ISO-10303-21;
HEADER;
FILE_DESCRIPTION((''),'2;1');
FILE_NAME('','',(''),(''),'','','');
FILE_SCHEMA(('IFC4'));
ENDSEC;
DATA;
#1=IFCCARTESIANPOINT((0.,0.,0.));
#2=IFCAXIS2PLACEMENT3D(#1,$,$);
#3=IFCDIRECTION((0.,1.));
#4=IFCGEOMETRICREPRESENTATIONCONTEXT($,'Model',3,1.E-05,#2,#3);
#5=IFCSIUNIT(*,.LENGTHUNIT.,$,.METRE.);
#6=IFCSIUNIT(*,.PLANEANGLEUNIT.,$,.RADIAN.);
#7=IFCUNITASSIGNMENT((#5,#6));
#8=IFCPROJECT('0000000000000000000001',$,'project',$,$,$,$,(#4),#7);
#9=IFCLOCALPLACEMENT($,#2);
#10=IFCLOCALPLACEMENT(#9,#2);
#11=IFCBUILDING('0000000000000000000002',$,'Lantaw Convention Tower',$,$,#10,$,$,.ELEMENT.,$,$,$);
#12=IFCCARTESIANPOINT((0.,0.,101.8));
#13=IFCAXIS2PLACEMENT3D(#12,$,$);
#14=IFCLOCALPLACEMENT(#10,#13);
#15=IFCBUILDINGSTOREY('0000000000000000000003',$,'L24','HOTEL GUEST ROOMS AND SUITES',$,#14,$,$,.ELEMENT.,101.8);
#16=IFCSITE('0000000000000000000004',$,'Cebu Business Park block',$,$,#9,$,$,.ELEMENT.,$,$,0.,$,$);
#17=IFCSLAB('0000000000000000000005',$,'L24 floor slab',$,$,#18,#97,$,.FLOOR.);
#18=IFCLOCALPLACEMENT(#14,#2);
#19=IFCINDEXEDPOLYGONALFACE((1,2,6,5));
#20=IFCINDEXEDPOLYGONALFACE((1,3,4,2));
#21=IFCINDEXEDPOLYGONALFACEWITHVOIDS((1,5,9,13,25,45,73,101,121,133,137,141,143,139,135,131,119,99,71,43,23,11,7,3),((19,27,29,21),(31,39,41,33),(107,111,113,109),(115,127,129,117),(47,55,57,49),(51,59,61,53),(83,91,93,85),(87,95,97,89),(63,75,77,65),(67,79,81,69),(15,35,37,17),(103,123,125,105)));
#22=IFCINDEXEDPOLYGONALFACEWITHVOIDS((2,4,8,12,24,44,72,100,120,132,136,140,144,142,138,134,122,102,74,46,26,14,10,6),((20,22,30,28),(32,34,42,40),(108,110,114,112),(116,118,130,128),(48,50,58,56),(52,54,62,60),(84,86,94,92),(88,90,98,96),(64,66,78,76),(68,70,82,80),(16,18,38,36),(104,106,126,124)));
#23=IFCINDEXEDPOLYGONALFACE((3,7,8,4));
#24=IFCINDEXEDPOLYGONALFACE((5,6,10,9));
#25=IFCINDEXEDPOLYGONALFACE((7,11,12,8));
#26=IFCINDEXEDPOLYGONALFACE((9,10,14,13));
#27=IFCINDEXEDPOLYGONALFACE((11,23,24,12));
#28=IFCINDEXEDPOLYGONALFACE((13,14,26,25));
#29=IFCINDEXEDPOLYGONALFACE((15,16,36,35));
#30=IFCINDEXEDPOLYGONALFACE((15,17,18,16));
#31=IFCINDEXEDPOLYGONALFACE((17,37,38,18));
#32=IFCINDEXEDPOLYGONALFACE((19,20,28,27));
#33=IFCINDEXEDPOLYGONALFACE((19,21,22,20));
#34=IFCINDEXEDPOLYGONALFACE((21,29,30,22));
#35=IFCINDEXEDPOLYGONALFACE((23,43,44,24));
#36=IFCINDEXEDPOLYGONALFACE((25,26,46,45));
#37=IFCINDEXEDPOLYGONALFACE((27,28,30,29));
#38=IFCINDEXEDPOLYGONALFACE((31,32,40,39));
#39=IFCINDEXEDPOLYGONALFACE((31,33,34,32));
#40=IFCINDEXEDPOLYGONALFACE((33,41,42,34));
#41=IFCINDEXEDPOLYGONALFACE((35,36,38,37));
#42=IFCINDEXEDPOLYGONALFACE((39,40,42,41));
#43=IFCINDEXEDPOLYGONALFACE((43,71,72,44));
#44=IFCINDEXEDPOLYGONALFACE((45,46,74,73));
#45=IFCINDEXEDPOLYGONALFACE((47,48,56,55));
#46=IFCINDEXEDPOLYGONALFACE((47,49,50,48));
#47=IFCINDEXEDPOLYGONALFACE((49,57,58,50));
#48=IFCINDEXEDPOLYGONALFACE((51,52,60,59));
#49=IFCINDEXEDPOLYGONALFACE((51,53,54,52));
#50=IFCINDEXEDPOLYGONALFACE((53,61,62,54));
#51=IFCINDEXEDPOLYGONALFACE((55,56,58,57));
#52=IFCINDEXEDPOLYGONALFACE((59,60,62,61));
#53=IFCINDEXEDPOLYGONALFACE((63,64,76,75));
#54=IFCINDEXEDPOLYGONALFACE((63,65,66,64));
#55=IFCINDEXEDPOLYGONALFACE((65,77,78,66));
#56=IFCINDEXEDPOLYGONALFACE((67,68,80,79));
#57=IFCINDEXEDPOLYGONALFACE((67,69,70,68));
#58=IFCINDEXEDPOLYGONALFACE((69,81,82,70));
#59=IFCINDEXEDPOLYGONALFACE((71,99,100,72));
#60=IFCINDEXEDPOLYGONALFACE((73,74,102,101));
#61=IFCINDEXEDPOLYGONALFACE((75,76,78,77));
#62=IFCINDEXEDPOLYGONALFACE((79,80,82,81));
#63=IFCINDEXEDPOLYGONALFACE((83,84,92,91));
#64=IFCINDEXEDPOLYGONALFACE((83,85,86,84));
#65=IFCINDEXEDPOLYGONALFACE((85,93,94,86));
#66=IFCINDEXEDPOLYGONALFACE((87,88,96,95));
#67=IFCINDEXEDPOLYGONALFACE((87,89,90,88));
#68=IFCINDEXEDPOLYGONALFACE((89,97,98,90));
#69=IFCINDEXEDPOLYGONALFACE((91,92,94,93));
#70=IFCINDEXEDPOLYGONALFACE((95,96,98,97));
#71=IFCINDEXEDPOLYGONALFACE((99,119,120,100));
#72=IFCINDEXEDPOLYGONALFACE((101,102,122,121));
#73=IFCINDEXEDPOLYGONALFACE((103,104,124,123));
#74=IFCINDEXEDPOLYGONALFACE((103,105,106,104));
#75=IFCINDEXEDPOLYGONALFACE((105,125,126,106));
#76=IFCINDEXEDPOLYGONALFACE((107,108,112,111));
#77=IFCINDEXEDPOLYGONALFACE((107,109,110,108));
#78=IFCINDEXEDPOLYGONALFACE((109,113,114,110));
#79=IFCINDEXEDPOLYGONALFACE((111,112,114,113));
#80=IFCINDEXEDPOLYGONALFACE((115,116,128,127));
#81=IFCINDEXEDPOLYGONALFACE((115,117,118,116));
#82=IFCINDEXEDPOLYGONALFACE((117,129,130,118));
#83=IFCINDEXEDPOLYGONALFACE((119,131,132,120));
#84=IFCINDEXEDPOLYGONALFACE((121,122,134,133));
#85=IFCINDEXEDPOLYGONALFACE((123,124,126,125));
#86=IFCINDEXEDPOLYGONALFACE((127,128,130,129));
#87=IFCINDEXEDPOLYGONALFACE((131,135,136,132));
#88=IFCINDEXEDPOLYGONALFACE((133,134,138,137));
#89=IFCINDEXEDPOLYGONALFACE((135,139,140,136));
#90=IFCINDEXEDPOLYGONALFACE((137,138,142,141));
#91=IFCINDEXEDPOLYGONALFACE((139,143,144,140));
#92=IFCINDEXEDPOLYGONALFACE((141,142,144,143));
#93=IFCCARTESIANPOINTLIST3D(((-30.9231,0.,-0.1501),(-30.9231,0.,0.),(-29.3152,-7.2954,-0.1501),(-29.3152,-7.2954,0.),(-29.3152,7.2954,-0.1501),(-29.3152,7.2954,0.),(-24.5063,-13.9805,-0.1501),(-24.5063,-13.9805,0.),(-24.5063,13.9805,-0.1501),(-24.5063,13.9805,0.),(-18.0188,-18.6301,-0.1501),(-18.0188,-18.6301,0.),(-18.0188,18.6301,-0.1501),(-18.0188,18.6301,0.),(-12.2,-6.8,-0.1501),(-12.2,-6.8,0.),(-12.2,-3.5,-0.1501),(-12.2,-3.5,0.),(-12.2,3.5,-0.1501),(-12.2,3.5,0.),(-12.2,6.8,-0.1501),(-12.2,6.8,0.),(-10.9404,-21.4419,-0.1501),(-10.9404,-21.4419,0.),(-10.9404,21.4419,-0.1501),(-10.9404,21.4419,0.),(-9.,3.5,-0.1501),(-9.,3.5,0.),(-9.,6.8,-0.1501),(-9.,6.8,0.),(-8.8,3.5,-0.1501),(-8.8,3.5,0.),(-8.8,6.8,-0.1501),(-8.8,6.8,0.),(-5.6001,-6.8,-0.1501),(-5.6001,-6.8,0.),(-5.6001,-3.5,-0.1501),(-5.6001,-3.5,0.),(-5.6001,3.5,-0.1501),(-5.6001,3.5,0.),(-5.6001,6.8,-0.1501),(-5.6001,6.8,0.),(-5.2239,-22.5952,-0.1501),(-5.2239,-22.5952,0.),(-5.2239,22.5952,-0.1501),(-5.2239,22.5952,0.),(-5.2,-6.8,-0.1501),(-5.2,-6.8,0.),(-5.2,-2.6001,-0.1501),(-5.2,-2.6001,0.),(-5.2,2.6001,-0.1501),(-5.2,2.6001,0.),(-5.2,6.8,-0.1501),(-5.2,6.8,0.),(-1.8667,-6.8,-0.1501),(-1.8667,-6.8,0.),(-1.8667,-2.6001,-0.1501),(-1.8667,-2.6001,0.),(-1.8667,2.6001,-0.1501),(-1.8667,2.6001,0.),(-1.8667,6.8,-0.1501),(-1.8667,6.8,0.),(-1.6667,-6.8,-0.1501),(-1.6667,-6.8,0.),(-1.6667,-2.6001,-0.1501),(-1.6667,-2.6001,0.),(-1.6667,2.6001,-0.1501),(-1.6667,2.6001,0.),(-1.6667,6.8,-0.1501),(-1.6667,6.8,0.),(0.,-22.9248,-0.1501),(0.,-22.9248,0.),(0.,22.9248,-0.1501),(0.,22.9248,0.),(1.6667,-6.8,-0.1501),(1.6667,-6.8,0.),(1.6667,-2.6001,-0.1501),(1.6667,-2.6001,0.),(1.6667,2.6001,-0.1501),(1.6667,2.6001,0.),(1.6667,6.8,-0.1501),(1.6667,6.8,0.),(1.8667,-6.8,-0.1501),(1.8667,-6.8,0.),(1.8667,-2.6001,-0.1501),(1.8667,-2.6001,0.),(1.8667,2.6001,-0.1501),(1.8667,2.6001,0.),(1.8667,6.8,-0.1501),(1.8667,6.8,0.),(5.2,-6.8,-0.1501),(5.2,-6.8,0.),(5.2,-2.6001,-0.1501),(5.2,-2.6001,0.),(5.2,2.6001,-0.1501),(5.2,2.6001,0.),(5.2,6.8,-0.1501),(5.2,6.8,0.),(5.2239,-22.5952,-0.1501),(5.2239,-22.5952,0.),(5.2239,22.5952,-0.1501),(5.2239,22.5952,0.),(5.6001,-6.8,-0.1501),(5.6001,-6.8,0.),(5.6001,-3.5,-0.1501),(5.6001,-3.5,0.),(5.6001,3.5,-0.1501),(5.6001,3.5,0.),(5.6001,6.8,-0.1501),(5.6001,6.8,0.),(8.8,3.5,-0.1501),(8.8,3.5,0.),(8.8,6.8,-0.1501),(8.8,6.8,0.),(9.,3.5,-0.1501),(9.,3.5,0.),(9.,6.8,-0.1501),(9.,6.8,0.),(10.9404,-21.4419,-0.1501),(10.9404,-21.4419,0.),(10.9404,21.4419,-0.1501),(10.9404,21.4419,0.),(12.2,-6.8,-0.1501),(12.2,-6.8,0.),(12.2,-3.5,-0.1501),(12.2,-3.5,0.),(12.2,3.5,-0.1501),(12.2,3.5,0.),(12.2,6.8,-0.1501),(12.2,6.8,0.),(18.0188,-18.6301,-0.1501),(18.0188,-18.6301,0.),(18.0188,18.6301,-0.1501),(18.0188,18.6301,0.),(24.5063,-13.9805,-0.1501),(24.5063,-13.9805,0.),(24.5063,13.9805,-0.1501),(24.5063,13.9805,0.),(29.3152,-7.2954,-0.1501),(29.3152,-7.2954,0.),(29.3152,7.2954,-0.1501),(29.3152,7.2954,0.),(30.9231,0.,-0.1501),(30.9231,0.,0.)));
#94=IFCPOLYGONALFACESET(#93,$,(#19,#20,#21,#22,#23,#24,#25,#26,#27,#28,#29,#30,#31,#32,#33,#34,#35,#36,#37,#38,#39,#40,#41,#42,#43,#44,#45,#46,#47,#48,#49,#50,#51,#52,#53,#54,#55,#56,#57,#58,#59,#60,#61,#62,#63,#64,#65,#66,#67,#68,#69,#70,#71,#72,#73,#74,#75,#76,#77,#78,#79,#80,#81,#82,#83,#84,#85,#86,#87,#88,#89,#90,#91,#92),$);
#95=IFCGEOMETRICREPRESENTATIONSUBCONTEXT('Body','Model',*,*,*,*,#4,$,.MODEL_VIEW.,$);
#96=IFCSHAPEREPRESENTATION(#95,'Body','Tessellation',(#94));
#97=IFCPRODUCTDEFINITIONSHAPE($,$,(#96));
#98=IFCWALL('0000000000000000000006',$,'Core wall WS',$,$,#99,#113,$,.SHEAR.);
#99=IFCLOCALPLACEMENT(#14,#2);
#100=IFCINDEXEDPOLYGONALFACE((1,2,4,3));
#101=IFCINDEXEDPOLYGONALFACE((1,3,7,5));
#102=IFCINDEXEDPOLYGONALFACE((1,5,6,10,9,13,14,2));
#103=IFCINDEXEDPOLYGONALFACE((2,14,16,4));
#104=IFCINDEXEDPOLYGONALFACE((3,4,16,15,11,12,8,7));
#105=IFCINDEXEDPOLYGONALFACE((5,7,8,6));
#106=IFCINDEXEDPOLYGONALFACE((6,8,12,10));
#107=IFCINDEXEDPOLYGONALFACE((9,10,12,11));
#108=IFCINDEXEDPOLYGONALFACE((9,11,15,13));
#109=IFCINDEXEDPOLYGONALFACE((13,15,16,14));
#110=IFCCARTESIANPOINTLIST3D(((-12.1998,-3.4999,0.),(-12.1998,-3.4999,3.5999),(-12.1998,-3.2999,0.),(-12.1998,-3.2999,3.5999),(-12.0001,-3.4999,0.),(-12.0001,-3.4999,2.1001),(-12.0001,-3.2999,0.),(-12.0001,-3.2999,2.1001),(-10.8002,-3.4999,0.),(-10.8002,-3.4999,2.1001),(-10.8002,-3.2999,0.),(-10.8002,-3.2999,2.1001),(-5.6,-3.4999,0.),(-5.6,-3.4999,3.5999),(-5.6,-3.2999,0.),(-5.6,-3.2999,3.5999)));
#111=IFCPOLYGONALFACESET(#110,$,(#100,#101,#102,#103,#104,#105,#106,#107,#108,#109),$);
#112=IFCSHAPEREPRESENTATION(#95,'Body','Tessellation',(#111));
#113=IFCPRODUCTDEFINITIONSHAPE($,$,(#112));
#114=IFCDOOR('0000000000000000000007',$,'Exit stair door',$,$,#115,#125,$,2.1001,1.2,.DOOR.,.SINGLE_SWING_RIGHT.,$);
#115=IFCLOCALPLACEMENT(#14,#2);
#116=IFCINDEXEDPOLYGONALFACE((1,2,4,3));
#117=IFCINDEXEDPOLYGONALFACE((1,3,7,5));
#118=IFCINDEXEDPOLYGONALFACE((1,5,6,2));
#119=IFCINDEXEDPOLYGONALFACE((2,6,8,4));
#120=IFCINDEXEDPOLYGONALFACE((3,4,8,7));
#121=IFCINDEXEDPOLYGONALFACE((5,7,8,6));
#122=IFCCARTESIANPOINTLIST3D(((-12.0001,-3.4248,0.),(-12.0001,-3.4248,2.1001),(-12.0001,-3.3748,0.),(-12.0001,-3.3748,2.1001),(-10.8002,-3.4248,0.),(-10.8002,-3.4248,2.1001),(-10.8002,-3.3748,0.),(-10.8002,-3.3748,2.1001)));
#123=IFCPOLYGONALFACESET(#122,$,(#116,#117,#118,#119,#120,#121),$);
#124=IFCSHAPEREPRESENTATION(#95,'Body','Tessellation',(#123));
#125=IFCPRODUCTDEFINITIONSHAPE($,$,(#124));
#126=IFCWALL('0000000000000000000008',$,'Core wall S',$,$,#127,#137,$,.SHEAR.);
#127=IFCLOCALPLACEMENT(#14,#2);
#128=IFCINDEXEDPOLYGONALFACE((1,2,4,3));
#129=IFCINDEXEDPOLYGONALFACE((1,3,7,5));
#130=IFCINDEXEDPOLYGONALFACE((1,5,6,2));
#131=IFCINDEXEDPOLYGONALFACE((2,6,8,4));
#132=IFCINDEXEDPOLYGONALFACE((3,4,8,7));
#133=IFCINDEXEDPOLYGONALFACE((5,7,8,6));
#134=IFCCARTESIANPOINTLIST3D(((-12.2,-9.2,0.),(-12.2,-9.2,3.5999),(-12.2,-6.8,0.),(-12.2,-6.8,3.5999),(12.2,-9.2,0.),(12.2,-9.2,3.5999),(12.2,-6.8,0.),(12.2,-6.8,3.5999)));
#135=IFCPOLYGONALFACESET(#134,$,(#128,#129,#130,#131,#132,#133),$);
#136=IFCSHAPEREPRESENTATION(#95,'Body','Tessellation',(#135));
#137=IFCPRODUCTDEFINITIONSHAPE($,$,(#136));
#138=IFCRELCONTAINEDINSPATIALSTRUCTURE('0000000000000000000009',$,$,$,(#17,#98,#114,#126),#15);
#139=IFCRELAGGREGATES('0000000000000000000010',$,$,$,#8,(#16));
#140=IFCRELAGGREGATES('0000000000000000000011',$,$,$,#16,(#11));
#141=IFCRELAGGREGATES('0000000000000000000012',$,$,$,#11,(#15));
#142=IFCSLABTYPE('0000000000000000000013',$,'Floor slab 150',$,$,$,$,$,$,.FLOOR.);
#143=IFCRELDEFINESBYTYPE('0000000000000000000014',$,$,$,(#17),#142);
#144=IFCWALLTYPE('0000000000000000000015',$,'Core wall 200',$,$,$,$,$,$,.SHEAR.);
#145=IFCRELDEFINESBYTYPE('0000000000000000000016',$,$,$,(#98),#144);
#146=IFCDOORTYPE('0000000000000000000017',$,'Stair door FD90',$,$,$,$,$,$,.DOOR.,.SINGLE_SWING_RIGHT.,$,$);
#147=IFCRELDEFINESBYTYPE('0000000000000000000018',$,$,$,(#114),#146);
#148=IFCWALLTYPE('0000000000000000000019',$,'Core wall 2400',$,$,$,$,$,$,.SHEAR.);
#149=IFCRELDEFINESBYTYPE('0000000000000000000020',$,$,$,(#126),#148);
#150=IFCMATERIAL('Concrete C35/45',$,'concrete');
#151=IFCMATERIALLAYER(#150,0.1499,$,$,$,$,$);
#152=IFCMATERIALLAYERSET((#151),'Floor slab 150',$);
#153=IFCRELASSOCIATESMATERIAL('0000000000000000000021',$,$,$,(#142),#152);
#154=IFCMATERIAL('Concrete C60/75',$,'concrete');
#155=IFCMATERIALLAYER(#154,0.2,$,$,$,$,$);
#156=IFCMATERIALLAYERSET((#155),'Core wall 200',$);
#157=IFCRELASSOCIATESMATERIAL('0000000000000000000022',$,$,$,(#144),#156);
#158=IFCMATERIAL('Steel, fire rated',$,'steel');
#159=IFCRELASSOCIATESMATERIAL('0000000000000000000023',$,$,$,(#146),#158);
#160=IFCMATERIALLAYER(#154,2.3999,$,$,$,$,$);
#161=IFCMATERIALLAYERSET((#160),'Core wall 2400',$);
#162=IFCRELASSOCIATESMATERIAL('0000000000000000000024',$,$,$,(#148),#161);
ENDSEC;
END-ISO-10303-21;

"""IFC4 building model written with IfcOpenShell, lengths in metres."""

from ifc_helpers import new_model, si_unit, direction, frame, frame_2d, origin, place, context, subcontext, project, spatial, polyline, rectangle, outline, extrude, material, layer, layer_set, type_object, element, fill, save


model = new_model("IFC4")

# Units and contexts
model_context = context("Model", 3, precision=1e-05, world=origin(), true_north=direction((0.0, 1.0)))
body_context = subcontext(model_context, "Body", "Model", "MODEL_VIEW")
ifc_project = project(units=[si_unit("LENGTHUNIT", "METRE"), si_unit("PLANEANGLEUNIT", "RADIAN")], contexts=[model_context])

# Site, building, storey
site_placement = place(None, origin())
site = spatial("IfcSite", under=ifc_project, at=site_placement, Name="Cebu Business Park block", CompositionType="ELEMENT", RefElevation=0.0)
building_placement = place(site_placement, origin())
building = spatial("IfcBuilding", under=site, at=building_placement, Name="Lantaw Convention Tower", CompositionType="ELEMENT")
storey_placement = place(building_placement, frame((0.0, 0.0, 101.8)))
storey = spatial("IfcBuildingStorey", under=building, at=storey_placement, Name="L24", Description="HOTEL GUEST ROOMS AND SUITES", CompositionType="ELEMENT", Elevation=101.8)

# Slab
ifc_material_1 = material(Name="Concrete C35/45", Category="concrete")
ifc_layer_1 = layer(ifc_material_1, 0.1499)
ifc_layer_set_1 = layer_set([ifc_layer_1], Name="Floor slab 150")
slab_type = type_object("IfcSlabType", Name="Floor slab 150", PredefinedType="FLOOR", material=ifc_layer_set_1)
slab_placement = place(storey_placement, frame((0.0, 0.0, -0.1501)))
element("IfcSlab", 1, at=slab_placement, inside=storey, type_object=slab_type, Name="L24 floor slab", PredefinedType="FLOOR", context=body_context, shape_type="SweptSolid", body=[
    extrude(outline(polyline([(29.3152, -7.2954), (30.9231, 0.0), (29.3152, 7.2954), (24.5063, 13.9805), (18.0188, 18.6301), (10.9404, 21.4419), (5.2239, 22.5952), (0.0, 22.9248), (-5.2239, 22.5952), (-10.9404, 21.4419), (-18.0188, 18.6301), (-24.5063, 13.9805), (-29.3152, 7.2954), (-30.9231, 0.0), (-29.3152, -7.2954), (-24.5063, -13.9805), (-18.0188, -18.6301), (-10.9404, -21.4419), (-5.2239, -22.5952), (0.0, -22.9248), (5.2239, -22.5952), (10.9404, -21.4419), (18.0188, -18.6301), (24.5063, -13.9805), (29.3152, -7.2954)]), holes=[polyline([(-5.6001, -3.5), (-12.2, -3.5), (-12.2, -6.8), (-5.6001, -6.8), (-5.6001, -3.5)]), polyline([(-1.8667, -6.8), (-1.8667, -2.6001), (-5.2, -2.6001), (-5.2, -6.8), (-1.8667, -6.8)]), polyline([(-1.8667, 2.6001), (-1.8667, 6.8), (-5.2, 6.8), (-5.2, 2.6001), (-1.8667, 2.6001)]), polyline([(1.6667, 6.8), (-1.6667, 6.8), (-1.6667, 2.6001), (1.6667, 2.6001), (1.6667, 6.8)]), polyline([(-9.0, 3.5), (-9.0, 6.8), (-12.2, 6.8), (-12.2, 3.5), (-9.0, 3.5)]), polyline([(-5.6001, 3.5), (-5.6001, 6.8), (-8.8, 6.8), (-8.8, 3.5), (-5.6001, 3.5)]), polyline([(12.2, -3.5), (5.6001, -3.5), (5.6001, -6.8), (12.2, -6.8), (12.2, -3.5)]), polyline([(1.6667, -6.8), (1.6667, -2.6001), (-1.6667, -2.6001), (-1.6667, -6.8), (1.6667, -6.8)]), polyline([(5.2, -6.8), (5.2, -2.6001), (1.8667, -2.6001), (1.8667, -6.8), (5.2, -6.8)]), polyline([(5.2, 6.8), (1.8667, 6.8), (1.8667, 2.6001), (5.2, 2.6001), (5.2, 6.8)]), polyline([(8.8, 3.5), (8.8, 6.8), (5.6001, 6.8), (5.6001, 3.5), (8.8, 3.5)]), polyline([(12.2, 3.5), (12.2, 6.8), (9.0, 6.8), (9.0, 3.5), (12.2, 3.5)])]), origin(), (0.0, 0.0, 1.0), 0.1501),
])

# Wall, opening, door
ifc_material_2 = material(Name="Concrete C60/75", Category="concrete")
ifc_layer_2 = layer(ifc_material_2, 0.2)
ifc_layer_set_2 = layer_set([ifc_layer_2], Name="Core wall 200")
wall_type_1 = type_object("IfcWallType", Name="Core wall 200", PredefinedType="SHEAR", material=ifc_layer_set_2)
wall_1_placement = place(storey_placement, frame((-5.6001, -3.3999, 0.0), z_axis=(0.0, 0.0, 1.0), x_axis=(-1.0, 0.0, 0.0)))
wall_1 = element("IfcWall", 2, at=wall_1_placement, inside=storey, type_object=wall_type_1, Name="Core wall WS", PredefinedType="SHEAR", context=body_context, shape_type="SweptSolid", body=[
    extrude(rectangle(XDim=6.5999, YDim=0.2, at=frame_2d((3.2998, 0.0))), origin(), (0.0, 0.0, 1.0), 3.5999),
])
opening_1_placement = place(wall_1_placement, frame((5.2, 0.0, 0.0)))
opening_1 = element("IfcOpeningElement", 3, at=opening_1_placement, cuts=wall_1, PredefinedType="OPENING", context=body_context, shape_type="SweptSolid", body=[
    extrude(rectangle(XDim=1.2, YDim=2.1001, at=frame_2d((0.6001, 1.05))), frame((0.0, 0.1099, 0.0), z_axis=(0.0, -1.0, 0.0), x_axis=(1.0, 0.0, 0.0)), (0.0, 0.0, 1.0), 0.22),
])
ifc_material_3 = material(Name="Steel, fire rated", Category="steel")
door_type_1 = type_object("IfcDoorType", Name="Stair door FD90", OperationType="SINGLE_SWING_RIGHT", PredefinedType="DOOR", material=ifc_material_3)
door_1_placement = place(opening_1_placement, origin())
door_1 = element("IfcDoor", 4, at=door_1_placement, inside=storey, type_object=door_type_1, Name="Exit stair door", OperationType="SINGLE_SWING_RIGHT", OverallHeight=2.1001, OverallWidth=1.2, PredefinedType="DOOR", context=body_context, shape_type="SweptSolid", body=[
    extrude(rectangle(XDim=1.2, YDim=2.1001, at=frame_2d((0.6001, 1.05))), frame((0.0, 0.0249, 0.0), z_axis=(0.0, -1.0, 0.0), x_axis=(1.0, 0.0, 0.0)), (0.0, 0.0, 1.0), 0.05),
])
fill(opening_1, door_1)

# Wall
ifc_layer_3 = layer(ifc_material_2, 2.3999)
ifc_layer_set_3 = layer_set([ifc_layer_3], Name="Core wall 2400")
wall_type_2 = type_object("IfcWallType", Name="Core wall 2400", PredefinedType="SHEAR", material=ifc_layer_set_3)
wall_2_placement = place(storey_placement, frame((-12.2, -8.0, 0.0), z_axis=(0.0, 0.0, 1.0), x_axis=(1.0, 0.0, 0.0)))
element("IfcWall", 5, at=wall_2_placement, inside=storey, type_object=wall_type_2, Name="Core wall S", PredefinedType="SHEAR", context=body_context, shape_type="SweptSolid", body=[
    extrude(rectangle(XDim=24.3999, YDim=2.3999, at=frame_2d((12.2, 0.0))), origin(), (0.0, 0.0, 1.0), 3.5999),
])

save(model, "model.ifc")
